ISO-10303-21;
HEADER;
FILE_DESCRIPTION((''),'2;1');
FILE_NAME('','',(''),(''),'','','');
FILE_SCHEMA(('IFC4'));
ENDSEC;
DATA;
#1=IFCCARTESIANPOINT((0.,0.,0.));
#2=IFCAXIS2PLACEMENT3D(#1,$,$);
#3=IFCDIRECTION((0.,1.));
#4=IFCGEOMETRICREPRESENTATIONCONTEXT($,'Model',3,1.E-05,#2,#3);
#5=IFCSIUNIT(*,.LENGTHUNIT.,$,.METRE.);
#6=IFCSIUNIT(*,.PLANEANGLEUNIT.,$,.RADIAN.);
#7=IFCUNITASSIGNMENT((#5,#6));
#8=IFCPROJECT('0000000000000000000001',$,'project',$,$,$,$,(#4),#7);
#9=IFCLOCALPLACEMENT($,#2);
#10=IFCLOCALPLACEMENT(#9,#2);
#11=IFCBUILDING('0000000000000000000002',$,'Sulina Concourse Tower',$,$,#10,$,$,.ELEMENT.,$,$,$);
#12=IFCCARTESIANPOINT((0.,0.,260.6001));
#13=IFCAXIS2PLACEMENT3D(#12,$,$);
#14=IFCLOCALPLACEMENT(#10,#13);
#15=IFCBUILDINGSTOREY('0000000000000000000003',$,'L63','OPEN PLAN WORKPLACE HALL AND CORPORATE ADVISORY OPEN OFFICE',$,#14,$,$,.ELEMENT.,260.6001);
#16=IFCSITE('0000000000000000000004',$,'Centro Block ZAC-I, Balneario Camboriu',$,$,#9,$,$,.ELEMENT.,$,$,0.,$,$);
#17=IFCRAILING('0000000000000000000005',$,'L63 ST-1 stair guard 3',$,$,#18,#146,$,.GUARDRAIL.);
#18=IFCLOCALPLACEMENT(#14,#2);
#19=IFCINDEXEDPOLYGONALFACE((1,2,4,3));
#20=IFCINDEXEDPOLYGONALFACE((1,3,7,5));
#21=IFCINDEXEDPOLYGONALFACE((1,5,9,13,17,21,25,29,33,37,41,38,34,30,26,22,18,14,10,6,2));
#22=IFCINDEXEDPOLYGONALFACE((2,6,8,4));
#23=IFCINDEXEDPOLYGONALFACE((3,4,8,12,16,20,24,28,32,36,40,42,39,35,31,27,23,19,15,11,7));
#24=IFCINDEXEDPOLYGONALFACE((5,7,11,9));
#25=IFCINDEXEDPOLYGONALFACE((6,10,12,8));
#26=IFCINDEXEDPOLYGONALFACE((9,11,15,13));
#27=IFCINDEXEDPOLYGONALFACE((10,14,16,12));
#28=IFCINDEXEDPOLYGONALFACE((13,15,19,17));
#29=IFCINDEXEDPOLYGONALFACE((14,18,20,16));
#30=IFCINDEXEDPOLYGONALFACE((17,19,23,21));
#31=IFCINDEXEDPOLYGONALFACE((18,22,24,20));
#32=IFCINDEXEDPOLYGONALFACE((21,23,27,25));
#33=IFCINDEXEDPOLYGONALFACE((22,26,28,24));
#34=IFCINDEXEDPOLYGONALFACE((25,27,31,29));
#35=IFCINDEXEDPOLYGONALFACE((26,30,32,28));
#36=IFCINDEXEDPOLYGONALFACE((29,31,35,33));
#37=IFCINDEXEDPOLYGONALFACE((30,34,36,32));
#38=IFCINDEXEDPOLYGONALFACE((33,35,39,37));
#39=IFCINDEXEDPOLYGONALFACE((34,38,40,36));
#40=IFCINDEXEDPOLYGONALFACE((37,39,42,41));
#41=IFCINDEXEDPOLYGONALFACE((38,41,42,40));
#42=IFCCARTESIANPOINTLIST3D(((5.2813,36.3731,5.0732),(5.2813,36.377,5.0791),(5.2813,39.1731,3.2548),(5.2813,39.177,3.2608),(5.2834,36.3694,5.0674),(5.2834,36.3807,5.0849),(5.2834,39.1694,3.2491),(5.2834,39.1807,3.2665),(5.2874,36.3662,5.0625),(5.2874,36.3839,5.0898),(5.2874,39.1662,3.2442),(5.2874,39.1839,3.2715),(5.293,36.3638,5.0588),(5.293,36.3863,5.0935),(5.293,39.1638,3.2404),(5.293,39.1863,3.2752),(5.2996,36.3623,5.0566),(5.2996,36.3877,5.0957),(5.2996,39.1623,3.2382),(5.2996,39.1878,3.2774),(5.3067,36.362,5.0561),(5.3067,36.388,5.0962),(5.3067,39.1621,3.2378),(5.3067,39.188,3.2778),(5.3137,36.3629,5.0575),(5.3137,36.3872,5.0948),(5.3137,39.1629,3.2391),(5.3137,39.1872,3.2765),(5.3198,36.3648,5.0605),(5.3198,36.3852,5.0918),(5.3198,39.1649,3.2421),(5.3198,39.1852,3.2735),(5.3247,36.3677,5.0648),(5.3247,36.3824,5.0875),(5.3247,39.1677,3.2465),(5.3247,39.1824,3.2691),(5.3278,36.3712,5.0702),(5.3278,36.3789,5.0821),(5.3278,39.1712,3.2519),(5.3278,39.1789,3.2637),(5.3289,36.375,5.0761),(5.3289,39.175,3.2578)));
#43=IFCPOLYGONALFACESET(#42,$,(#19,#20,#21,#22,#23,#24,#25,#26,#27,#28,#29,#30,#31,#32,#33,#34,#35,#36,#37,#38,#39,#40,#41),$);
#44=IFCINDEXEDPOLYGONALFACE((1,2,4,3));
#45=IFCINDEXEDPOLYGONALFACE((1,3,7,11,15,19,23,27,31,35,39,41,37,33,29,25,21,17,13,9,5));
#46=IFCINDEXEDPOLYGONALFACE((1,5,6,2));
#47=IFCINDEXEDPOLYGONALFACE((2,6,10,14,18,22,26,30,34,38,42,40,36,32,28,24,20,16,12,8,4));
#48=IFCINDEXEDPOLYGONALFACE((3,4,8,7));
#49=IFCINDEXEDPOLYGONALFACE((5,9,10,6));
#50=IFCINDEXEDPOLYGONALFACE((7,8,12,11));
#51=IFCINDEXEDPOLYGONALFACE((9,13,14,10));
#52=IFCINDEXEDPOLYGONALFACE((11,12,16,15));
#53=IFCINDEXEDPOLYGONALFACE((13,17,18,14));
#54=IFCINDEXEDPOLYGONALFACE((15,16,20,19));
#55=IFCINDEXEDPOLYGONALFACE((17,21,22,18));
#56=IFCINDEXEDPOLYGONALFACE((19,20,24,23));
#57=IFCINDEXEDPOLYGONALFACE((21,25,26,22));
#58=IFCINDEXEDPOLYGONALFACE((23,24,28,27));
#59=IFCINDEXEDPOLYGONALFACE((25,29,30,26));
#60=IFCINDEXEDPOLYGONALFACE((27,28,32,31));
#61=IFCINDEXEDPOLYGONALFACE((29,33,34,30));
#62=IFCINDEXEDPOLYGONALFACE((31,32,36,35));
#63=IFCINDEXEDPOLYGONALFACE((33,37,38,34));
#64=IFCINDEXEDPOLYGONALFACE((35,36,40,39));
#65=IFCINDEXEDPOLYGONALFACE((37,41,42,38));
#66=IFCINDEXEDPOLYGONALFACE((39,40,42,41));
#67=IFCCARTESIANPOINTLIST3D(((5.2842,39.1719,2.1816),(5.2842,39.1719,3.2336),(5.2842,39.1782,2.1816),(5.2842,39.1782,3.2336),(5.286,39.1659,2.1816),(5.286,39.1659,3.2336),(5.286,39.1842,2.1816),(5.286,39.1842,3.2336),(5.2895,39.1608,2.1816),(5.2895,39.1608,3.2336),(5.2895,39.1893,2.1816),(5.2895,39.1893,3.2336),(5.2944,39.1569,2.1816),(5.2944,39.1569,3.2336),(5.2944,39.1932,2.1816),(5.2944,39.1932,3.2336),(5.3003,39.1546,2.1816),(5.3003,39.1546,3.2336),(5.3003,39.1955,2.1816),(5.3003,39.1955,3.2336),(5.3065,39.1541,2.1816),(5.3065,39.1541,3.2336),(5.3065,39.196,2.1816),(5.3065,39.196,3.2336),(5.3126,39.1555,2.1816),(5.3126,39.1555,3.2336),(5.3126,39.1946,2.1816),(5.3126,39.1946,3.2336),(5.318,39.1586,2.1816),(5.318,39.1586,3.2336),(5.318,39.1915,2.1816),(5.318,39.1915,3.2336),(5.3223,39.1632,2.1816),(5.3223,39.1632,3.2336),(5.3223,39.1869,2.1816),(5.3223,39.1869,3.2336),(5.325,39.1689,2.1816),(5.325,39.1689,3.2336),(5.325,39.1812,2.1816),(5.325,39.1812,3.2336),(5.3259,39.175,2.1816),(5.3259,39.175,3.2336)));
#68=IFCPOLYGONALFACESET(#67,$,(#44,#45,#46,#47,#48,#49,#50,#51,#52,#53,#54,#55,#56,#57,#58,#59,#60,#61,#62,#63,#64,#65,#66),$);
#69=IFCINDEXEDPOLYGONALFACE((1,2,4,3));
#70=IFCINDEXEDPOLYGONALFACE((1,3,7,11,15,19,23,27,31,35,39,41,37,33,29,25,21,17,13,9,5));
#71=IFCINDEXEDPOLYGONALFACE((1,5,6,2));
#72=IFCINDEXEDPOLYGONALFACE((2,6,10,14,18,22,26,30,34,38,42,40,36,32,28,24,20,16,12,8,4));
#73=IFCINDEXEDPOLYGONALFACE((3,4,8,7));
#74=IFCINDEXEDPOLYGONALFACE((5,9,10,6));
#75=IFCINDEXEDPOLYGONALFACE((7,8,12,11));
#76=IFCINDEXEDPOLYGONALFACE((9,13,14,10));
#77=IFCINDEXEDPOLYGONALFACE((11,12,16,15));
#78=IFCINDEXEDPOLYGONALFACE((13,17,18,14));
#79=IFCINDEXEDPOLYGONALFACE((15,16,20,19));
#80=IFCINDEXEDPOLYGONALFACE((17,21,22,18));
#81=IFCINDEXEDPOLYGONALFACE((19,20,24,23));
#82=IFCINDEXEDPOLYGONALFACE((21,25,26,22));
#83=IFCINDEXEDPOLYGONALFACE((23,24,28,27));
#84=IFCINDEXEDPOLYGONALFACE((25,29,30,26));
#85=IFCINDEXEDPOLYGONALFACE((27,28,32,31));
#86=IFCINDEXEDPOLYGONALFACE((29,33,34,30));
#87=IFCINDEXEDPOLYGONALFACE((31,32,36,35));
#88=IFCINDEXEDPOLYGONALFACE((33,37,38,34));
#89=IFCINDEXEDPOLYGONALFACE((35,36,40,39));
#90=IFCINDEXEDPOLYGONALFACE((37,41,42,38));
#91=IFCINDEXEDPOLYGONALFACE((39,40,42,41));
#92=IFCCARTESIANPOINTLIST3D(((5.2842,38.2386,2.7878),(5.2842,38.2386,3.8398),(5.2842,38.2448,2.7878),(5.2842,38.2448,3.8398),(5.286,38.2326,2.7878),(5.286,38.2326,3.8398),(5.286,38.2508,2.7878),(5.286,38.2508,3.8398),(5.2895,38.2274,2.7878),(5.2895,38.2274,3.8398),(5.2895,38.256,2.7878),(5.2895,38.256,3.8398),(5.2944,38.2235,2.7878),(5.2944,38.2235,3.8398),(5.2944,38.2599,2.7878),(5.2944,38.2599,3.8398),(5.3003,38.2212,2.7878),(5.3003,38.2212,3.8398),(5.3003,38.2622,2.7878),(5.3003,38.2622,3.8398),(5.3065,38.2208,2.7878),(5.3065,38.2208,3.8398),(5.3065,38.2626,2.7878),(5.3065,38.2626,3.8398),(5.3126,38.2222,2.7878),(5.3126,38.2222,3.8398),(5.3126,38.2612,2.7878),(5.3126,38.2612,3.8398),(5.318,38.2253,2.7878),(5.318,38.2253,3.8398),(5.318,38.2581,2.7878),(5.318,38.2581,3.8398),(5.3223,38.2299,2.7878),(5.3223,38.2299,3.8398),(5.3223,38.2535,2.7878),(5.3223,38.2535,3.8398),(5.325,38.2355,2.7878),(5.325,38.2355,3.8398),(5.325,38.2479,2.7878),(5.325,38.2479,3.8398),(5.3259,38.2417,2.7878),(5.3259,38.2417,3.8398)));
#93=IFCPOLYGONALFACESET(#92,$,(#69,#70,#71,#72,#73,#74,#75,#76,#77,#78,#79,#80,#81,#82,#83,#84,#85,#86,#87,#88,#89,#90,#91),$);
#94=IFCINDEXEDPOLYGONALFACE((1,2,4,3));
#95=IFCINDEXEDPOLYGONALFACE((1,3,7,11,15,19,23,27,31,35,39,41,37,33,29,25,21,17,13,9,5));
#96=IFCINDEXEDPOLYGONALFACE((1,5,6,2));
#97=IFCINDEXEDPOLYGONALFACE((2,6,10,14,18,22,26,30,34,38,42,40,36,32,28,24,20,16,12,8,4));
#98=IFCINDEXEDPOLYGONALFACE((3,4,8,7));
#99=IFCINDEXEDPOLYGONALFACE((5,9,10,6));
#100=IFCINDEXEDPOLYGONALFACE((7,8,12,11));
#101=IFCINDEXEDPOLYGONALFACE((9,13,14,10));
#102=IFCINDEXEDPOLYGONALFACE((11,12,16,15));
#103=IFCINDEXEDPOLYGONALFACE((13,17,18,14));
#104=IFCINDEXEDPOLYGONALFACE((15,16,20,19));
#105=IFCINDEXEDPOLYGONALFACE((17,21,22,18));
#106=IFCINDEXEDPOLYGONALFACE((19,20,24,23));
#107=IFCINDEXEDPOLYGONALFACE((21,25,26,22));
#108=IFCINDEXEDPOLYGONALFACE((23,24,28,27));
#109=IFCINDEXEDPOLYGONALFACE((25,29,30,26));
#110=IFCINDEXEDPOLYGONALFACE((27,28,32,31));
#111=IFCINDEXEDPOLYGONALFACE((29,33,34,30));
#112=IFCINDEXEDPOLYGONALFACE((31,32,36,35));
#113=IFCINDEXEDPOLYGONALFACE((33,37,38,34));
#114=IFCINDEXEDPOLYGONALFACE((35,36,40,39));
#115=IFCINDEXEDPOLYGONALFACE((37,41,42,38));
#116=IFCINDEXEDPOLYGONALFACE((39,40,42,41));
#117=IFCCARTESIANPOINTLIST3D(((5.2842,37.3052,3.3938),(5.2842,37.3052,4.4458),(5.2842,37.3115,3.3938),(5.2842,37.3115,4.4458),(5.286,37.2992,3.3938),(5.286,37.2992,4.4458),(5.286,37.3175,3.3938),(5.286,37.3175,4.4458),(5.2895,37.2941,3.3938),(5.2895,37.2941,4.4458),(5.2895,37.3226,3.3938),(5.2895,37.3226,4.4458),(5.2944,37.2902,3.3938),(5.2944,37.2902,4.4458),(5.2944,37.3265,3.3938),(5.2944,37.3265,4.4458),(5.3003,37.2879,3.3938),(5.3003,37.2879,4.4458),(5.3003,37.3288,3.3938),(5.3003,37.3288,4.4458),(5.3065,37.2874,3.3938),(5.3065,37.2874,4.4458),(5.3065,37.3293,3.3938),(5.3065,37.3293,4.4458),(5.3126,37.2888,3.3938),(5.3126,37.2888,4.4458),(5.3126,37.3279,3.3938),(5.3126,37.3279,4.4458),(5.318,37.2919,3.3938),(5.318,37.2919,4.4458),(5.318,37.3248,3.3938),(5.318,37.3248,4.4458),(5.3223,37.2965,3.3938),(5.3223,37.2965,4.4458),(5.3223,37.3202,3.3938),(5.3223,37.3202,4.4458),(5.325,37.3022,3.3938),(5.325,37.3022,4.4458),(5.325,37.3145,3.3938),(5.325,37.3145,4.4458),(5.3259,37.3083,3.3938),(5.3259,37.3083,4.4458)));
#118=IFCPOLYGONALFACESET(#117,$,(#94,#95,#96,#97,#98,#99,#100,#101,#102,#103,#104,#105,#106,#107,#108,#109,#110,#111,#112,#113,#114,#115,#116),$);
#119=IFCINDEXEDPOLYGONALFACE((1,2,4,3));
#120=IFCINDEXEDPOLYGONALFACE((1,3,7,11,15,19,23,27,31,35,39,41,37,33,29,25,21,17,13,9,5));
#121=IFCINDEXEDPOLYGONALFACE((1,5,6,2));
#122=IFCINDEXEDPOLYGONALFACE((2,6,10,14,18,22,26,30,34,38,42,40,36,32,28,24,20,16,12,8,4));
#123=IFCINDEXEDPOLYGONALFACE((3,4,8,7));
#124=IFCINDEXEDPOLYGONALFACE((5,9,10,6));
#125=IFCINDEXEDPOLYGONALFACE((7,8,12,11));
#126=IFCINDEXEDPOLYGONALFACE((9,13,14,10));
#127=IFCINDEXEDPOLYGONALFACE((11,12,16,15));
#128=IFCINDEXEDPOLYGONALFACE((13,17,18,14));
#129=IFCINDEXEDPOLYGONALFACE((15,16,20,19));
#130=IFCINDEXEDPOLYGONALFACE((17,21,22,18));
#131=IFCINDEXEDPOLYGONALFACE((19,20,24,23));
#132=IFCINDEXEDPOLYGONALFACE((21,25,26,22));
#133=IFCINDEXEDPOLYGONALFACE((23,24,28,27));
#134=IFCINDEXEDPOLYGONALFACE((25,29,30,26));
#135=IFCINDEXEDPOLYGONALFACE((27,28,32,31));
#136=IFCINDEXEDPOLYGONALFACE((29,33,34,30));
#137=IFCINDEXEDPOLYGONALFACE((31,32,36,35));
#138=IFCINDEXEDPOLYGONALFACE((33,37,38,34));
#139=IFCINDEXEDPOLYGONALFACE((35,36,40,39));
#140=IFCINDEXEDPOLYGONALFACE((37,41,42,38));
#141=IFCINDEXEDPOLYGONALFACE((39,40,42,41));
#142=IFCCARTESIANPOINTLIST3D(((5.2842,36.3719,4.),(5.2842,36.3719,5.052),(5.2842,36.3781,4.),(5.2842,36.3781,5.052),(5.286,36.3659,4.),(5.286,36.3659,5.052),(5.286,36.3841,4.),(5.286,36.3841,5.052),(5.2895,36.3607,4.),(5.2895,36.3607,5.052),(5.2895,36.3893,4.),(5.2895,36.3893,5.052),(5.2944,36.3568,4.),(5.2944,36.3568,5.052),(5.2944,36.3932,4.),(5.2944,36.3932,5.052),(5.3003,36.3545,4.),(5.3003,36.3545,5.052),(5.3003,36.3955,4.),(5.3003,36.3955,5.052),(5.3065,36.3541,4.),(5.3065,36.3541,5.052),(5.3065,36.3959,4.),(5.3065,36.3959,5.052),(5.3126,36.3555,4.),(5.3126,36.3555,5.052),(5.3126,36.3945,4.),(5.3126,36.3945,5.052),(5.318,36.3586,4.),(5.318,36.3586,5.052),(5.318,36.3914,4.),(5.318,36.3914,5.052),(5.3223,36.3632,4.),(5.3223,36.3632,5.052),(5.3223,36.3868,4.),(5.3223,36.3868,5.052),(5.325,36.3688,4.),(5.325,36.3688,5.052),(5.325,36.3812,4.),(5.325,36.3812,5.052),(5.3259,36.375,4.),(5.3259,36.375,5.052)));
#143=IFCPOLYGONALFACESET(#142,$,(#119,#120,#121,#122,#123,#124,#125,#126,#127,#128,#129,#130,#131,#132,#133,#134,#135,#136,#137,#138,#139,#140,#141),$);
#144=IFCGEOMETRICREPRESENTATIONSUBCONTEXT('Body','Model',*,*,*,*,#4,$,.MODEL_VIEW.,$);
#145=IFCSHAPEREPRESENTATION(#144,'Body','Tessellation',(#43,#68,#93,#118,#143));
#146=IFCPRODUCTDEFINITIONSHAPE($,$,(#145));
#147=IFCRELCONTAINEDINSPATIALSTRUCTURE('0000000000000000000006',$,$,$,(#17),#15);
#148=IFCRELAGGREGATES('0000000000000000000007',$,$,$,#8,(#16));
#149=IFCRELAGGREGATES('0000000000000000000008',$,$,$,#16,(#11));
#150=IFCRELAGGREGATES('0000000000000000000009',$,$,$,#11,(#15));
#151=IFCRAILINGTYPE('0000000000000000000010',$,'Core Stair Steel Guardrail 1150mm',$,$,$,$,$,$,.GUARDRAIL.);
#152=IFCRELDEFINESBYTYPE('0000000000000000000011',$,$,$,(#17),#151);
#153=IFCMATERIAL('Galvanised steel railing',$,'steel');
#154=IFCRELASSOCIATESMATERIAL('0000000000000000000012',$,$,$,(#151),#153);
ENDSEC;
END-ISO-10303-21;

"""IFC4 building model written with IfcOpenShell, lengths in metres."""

from ifc_helpers import new_model, si_unit, direction, frame, origin, origin_2d, place, context, subcontext, project, spatial, circle, extrude, material, type_object, element, save


model = new_model("IFC4")

# Units and contexts
model_context = context("Model", 3, precision=1e-05, world=origin(), true_north=direction((0.0, 1.0)))
body_context = subcontext(model_context, "Body", "Model", "MODEL_VIEW")
ifc_project = project(units=[si_unit("LENGTHUNIT", "METRE"), si_unit("PLANEANGLEUNIT", "RADIAN")], contexts=[model_context])

# Site, building, storey
site_placement = place(None, origin())
site = spatial("IfcSite", under=ifc_project, at=site_placement, Name="Centro Block ZAC-I, Balneario Camboriu", CompositionType="ELEMENT", RefElevation=0.0)
building_placement = place(site_placement, origin())
building = spatial("IfcBuilding", under=site, at=building_placement, Name="Sulina Concourse Tower", CompositionType="ELEMENT")
storey_placement = place(building_placement, frame((0.0, 0.0, 260.6001)))
storey = spatial("IfcBuildingStorey", under=building, at=storey_placement, Name="L63", Description="OPEN PLAN WORKPLACE HALL AND CORPORATE ADVISORY OPEN OFFICE", CompositionType="ELEMENT", Elevation=260.6001)

# Railing
ifc_material_1 = material(Name="Galvanised steel railing", Category="steel")
railing_type_1 = type_object("IfcRailingType", Name="Core Stair Steel Guardrail 1150mm", PredefinedType="GUARDRAIL", material=ifc_material_1)
railing_1_placement = place(storey_placement, frame((5.3049, 39.175, 2.1816)))
element("IfcRailing", 1, at=railing_1_placement, inside=storey, type_object=railing_type_1, Name="L63 ST-1 stair guard 3", PredefinedType="GUARDRAIL", context=body_context, shape_type="SweptSolid", body=[
    extrude(circle(Radius=0.0239, at=origin_2d()), frame((0.0, 0.0, 1.0762), z_axis=(0.0, -0.838672, 0.544636), x_axis=(1.0, 0.0, 0.0)), (0.0, 0.0, 1.0), 3.3386),
    extrude(circle(Radius=0.021, at=origin_2d()), origin(), (0.0, 0.0, 1.0), 1.052),
    extrude(circle(Radius=0.021, at=origin_2d()), frame((0.0, -0.9333, 0.6062)), (0.0, 0.0, 1.0), 1.052),
    extrude(circle(Radius=0.021, at=origin_2d()), frame((0.0, -1.8667, 1.2122)), (0.0, 0.0, 1.0), 1.052),
    extrude(circle(Radius=0.021, at=origin_2d()), frame((0.0, -2.8, 1.8184)), (0.0, 0.0, 1.0), 1.052),
])

save(model, "model.ifc")
